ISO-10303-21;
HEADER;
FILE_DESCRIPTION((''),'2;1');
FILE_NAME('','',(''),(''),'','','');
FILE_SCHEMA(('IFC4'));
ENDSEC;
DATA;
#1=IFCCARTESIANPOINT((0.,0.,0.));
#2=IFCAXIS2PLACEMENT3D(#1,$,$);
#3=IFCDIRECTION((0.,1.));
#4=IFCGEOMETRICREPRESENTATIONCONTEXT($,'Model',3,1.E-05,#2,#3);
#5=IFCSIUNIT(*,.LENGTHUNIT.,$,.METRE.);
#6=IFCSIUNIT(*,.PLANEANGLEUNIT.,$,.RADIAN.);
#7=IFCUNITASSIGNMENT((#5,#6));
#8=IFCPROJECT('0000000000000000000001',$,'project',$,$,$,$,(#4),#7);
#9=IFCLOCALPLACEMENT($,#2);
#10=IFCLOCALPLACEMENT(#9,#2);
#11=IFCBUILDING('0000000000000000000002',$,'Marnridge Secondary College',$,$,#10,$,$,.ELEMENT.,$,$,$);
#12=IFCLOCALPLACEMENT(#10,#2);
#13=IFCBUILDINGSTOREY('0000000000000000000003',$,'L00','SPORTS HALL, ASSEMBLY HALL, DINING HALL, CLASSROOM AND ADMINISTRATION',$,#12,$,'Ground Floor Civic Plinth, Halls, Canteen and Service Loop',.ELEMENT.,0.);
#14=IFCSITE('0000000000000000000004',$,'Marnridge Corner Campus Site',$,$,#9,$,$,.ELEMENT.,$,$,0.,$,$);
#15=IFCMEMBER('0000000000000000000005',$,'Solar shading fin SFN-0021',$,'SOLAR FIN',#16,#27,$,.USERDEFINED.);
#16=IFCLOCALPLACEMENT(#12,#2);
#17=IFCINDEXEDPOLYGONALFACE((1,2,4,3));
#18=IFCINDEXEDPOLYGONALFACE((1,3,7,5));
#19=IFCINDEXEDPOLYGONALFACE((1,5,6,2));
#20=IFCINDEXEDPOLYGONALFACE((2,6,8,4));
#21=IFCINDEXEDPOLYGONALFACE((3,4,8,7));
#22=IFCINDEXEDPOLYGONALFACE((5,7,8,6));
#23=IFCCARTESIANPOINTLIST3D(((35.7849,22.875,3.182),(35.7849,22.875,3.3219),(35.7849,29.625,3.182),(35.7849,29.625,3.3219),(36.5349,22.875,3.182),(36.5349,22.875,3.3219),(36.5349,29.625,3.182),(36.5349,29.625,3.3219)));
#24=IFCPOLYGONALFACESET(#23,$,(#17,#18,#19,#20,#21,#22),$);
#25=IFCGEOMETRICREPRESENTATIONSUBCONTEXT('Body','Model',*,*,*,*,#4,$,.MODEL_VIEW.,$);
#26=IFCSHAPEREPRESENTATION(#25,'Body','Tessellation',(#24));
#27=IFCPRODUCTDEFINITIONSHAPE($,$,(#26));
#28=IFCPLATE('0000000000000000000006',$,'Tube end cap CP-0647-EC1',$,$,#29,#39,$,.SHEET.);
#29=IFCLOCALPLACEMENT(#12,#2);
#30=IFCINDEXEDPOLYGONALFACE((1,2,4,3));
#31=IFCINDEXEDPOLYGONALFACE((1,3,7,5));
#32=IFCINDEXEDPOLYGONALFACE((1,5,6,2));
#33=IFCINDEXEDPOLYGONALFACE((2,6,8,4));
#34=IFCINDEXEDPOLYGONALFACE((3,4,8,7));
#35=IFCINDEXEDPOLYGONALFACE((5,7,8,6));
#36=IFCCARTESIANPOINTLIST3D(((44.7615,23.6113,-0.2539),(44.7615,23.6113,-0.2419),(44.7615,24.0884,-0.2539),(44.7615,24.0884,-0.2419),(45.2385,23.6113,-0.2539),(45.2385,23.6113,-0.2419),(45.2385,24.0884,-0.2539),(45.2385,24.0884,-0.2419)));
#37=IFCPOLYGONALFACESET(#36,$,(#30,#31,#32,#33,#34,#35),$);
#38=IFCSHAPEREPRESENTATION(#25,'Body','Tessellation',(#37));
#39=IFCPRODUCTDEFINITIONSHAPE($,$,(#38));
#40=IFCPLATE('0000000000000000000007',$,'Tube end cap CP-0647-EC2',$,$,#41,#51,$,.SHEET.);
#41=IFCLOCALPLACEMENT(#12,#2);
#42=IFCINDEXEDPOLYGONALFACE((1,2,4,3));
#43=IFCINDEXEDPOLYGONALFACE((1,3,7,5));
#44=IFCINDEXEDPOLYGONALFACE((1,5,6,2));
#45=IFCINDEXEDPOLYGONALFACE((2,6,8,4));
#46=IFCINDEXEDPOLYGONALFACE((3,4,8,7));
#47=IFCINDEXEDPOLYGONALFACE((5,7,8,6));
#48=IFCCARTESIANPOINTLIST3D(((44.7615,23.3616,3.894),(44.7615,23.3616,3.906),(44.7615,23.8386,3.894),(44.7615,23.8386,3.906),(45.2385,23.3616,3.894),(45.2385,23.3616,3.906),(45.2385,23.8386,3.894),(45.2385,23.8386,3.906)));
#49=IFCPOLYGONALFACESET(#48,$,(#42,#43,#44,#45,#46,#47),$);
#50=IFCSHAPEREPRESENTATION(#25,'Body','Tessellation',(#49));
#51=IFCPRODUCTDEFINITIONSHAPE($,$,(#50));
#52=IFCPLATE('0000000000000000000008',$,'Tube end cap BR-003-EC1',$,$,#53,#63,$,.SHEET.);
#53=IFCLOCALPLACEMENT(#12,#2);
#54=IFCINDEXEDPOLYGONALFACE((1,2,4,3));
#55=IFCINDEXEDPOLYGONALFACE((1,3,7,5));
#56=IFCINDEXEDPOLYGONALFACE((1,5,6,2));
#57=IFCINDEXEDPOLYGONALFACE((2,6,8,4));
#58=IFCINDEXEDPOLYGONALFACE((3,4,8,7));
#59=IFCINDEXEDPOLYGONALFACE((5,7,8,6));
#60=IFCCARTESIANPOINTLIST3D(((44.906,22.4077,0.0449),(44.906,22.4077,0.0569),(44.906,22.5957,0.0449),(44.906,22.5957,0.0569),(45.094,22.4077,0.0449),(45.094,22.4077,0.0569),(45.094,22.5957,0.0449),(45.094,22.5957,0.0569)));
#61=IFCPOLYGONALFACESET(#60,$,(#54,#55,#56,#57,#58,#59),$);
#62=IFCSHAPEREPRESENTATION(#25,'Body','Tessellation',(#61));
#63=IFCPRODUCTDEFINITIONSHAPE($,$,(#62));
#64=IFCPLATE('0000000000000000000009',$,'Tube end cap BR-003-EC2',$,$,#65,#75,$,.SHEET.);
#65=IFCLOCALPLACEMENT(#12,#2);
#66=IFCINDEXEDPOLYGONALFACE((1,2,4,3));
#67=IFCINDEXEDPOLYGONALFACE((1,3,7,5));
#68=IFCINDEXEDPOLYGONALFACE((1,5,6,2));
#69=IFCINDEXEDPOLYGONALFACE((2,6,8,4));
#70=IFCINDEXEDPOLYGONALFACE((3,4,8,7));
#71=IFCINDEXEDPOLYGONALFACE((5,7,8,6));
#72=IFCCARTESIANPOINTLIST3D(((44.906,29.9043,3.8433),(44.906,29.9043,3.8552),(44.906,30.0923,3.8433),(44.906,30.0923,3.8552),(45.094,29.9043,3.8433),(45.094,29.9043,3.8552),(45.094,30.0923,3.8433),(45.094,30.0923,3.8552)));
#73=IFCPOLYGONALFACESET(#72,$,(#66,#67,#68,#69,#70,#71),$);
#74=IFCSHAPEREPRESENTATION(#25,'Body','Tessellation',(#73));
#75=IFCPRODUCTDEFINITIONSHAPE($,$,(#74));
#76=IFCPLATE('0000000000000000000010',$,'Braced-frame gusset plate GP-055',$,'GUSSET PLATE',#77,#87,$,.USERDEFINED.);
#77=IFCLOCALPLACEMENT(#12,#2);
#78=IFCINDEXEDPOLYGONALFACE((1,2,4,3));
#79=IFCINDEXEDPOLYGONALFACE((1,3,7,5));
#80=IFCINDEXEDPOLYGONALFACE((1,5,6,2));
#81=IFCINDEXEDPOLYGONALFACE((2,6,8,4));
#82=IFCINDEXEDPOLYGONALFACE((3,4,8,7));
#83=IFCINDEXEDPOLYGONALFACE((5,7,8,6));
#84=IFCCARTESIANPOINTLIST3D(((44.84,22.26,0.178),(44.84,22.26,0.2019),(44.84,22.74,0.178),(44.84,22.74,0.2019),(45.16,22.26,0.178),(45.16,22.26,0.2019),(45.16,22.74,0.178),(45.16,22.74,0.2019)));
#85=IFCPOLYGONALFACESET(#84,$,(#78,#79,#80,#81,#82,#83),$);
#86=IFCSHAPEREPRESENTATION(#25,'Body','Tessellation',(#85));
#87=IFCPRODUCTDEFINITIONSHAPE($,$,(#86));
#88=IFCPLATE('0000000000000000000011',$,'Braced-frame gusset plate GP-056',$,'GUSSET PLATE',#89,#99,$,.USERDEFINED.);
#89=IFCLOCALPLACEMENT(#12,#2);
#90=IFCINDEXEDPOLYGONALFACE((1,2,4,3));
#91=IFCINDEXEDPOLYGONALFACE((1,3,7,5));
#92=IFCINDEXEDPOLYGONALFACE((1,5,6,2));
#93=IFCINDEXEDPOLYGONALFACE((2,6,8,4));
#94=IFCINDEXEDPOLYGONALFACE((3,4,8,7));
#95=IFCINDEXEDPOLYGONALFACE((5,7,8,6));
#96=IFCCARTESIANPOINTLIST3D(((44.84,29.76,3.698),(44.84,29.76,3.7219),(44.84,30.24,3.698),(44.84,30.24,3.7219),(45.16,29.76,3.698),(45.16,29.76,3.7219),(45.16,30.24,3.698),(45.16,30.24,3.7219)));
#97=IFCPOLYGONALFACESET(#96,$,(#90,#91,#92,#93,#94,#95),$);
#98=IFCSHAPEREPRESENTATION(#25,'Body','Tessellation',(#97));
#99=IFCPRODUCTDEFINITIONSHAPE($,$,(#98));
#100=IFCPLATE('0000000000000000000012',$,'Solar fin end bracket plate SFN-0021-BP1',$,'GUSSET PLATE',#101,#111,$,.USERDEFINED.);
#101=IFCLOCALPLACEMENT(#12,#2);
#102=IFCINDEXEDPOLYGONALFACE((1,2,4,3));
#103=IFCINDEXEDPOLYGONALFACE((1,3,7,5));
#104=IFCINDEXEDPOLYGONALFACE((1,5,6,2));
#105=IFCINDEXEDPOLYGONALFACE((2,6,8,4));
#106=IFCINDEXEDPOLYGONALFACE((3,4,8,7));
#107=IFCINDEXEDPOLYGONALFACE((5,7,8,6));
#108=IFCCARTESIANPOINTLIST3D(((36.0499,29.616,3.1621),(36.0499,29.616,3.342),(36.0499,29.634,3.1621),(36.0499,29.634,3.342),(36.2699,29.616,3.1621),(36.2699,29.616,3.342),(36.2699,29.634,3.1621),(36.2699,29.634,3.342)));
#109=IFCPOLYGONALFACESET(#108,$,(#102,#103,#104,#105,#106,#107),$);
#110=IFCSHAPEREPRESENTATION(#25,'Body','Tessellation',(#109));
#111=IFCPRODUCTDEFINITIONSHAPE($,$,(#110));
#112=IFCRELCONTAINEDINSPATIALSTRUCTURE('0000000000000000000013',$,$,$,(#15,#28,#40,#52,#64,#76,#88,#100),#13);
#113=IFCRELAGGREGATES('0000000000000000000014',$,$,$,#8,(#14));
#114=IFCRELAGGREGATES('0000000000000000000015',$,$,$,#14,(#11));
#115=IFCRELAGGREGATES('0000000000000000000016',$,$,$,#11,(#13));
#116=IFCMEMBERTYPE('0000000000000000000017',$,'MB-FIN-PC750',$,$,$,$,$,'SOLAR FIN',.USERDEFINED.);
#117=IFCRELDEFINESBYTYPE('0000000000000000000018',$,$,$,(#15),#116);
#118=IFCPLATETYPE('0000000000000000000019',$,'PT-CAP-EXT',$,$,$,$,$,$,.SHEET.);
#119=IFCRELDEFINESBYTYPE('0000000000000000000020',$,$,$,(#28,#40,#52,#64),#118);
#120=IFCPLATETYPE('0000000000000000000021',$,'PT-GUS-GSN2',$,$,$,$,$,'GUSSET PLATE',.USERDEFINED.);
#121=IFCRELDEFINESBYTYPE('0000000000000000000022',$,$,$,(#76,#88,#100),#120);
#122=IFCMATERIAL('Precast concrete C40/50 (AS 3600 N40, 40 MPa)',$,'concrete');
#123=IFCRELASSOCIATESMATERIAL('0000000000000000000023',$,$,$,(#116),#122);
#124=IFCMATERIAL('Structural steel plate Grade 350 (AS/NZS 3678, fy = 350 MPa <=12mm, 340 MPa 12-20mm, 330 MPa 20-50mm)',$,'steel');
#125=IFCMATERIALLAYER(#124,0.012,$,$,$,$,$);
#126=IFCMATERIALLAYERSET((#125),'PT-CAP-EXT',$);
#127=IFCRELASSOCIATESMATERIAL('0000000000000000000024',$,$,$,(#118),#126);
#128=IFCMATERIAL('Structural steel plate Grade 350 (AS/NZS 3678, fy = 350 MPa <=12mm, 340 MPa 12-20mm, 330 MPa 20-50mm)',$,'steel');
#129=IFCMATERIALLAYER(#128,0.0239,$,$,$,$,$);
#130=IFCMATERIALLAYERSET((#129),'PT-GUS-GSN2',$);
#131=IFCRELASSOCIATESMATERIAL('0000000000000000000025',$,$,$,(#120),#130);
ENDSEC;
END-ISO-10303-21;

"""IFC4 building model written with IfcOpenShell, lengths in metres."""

from ifc_helpers import new_model, si_unit, direction, frame, origin, origin_2d, place, context, subcontext, project, spatial, rectangle, extrude, material, layer, layer_set, material_profile, profile_set, type_object, element, save


model = new_model("IFC4")

# Units and contexts
model_context = context("Model", 3, precision=1e-05, world=origin(), true_north=direction((0.0, 1.0)))
body_context = subcontext(model_context, "Body", "Model", "MODEL_VIEW")
ifc_project = project(units=[si_unit("LENGTHUNIT", "METRE"), si_unit("PLANEANGLEUNIT", "RADIAN")], contexts=[model_context])

# Site, building, storey
site_placement = place(None, origin())
site = spatial("IfcSite", under=ifc_project, at=site_placement, Name="Marnridge Corner Campus Site", CompositionType="ELEMENT", RefElevation=0.0)
building_placement = place(site_placement, origin())
building = spatial("IfcBuilding", under=site, at=building_placement, Name="Marnridge Secondary College", CompositionType="ELEMENT")
storey_placement = place(building_placement, origin())
storey = spatial("IfcBuildingStorey", under=building, at=storey_placement, Name="L00", Description="SPORTS HALL, ASSEMBLY HALL, DINING HALL, CLASSROOM AND ADMINISTRATION", LongName="Ground Floor Civic Plinth, Halls, Canteen and Service Loop", CompositionType="ELEMENT", Elevation=0.0)

# Member
ifc_material_1 = material(Name="Precast concrete C40/50 (AS 3600 N40, 40 MPa)", Category="concrete")
ifc_material_profile_1 = material_profile(ifc_material_1, rectangle(XDim=0.1399, YDim=0.75, at=origin_2d()), Name="FIN PC 140x750")
ifc_profile_set_1 = profile_set([ifc_material_profile_1], Name="Precast concrete C40/50 (AS 3600 N40, 40 MPa)")
member_type_1 = type_object("IfcMemberType", Name="MB-FIN-PC750", ElementType="SOLAR FIN", PredefinedType="USERDEFINED", material=ifc_profile_set_1)
member_1_placement = place(storey_placement, frame((36.1599, 29.625, 3.252), z_axis=(0.0, -1.0, 0.0), x_axis=(0.0, 0.0, 1.0)))
element("IfcMember", 1, at=member_1_placement, inside=storey, type_object=member_type_1, Name="Solar shading fin SFN-0021", ObjectType="SOLAR FIN", PredefinedType="USERDEFINED", context=body_context, shape_type="SweptSolid", body=[
    extrude(rectangle(XDim=0.1399, YDim=0.75, at=origin_2d()), origin(), (0.0, 0.0, 1.0), 6.75),
])

# Plates
ifc_material_2 = material(Name="Structural steel plate Grade 350 (AS/NZS 3678, fy = 350 MPa <=12mm, 340 MPa 12-20mm, 330 MPa 20-50mm)", Category="steel")
ifc_layer_1 = layer(ifc_material_2, 0.012)
ifc_layer_set_1 = layer_set([ifc_layer_1], Name="PT-CAP-EXT")
plate_type_1 = type_object("IfcPlateType", Name="PT-CAP-EXT", PredefinedType="SHEET", material=ifc_layer_set_1)
for number, where, z_axis, x_axis, name in (
    (2, (45.0, 23.8499, -0.2539), (0.0, 0.0, 1.0), (0.0, -1.0, 0.0), "Tube end cap CP-0647-EC1"),
    (3, (45.0, 23.6001, 3.894), (0.0, 0.0, 1.0), (0.0, -1.0, 0.0), "Tube end cap CP-0647-EC2"),
):
    element("IfcPlate", number, at=place(storey_placement, frame(where, z_axis=z_axis, x_axis=x_axis)), inside=storey, type_object=plate_type_1, Name=name, PredefinedType="SHEET", context=body_context, shape_type="SweptSolid", body=[
        extrude(rectangle(XDim=0.4771, YDim=0.4771, at=origin_2d()), origin(), (0.0, 0.0, 1.0), 0.012),
    ])
for number, where, z_axis, x_axis, name in (
    (4, (45.0, 22.5017, 0.0449), (0.0, 0.0, 1.0), (0.0, 1.0, 0.0), "Tube end cap BR-003-EC1"),
    (5, (45.0, 29.9983, 3.8433), (0.0, 0.0, 1.0), (0.0, 1.0, 0.0), "Tube end cap BR-003-EC2"),
):
    element("IfcPlate", number, at=place(storey_placement, frame(where, z_axis=z_axis, x_axis=x_axis)), inside=storey, type_object=plate_type_1, Name=name, PredefinedType="SHEET", context=body_context, shape_type="SweptSolid", body=[
        extrude(rectangle(XDim=0.188, YDim=0.188, at=origin_2d()), origin(), (0.0, 0.0, 1.0), 0.012),
    ])
ifc_material_3 = material(Name="Structural steel plate Grade 350 (AS/NZS 3678, fy = 350 MPa <=12mm, 340 MPa 12-20mm, 330 MPa 20-50mm)", Category="steel")
ifc_layer_2 = layer(ifc_material_3, 0.0239)
ifc_layer_set_2 = layer_set([ifc_layer_2], Name="PT-GUS-GSN2")
plate_type_2 = type_object("IfcPlateType", Name="PT-GUS-GSN2", ElementType="GUSSET PLATE", PredefinedType="USERDEFINED", material=ifc_layer_set_2)
for number, where, z_axis, x_axis, name in (
    (6, (45.0, 22.5, 0.178), (0.0, 0.0, 1.0), (0.0, 1.0, 0.0), "Braced-frame gusset plate GP-055"),
    (7, (45.0, 30.0, 3.698), (0.0, 0.0, 1.0), (0.0, 1.0, 0.0), "Braced-frame gusset plate GP-056"),
):
    element("IfcPlate", number, at=place(storey_placement, frame(where, z_axis=z_axis, x_axis=x_axis)), inside=storey, type_object=plate_type_2, Name=name, ObjectType="GUSSET PLATE", PredefinedType="USERDEFINED", context=body_context, shape_type="SweptSolid", body=[
        extrude(rectangle(XDim=0.48, YDim=0.3201, at=origin_2d()), origin(), (0.0, 0.0, 1.0), 0.0239),
    ])
plate_placement = place(storey_placement, frame((36.1599, 29.625, 3.1621), z_axis=(0.0, 0.0, 1.0), x_axis=(1.0, 0.0, 0.0)))
element("IfcPlate", 8, at=plate_placement, inside=storey, type_object=plate_type_2, Name="Solar fin end bracket plate SFN-0021-BP1", ObjectType="GUSSET PLATE", PredefinedType="USERDEFINED", context=body_context, shape_type="SweptSolid", body=[
    extrude(rectangle(XDim=0.22, YDim=0.0181, at=origin_2d()), origin(), (0.0, 0.0, 1.0), 0.1799),
])

save(model, "model.ifc")
